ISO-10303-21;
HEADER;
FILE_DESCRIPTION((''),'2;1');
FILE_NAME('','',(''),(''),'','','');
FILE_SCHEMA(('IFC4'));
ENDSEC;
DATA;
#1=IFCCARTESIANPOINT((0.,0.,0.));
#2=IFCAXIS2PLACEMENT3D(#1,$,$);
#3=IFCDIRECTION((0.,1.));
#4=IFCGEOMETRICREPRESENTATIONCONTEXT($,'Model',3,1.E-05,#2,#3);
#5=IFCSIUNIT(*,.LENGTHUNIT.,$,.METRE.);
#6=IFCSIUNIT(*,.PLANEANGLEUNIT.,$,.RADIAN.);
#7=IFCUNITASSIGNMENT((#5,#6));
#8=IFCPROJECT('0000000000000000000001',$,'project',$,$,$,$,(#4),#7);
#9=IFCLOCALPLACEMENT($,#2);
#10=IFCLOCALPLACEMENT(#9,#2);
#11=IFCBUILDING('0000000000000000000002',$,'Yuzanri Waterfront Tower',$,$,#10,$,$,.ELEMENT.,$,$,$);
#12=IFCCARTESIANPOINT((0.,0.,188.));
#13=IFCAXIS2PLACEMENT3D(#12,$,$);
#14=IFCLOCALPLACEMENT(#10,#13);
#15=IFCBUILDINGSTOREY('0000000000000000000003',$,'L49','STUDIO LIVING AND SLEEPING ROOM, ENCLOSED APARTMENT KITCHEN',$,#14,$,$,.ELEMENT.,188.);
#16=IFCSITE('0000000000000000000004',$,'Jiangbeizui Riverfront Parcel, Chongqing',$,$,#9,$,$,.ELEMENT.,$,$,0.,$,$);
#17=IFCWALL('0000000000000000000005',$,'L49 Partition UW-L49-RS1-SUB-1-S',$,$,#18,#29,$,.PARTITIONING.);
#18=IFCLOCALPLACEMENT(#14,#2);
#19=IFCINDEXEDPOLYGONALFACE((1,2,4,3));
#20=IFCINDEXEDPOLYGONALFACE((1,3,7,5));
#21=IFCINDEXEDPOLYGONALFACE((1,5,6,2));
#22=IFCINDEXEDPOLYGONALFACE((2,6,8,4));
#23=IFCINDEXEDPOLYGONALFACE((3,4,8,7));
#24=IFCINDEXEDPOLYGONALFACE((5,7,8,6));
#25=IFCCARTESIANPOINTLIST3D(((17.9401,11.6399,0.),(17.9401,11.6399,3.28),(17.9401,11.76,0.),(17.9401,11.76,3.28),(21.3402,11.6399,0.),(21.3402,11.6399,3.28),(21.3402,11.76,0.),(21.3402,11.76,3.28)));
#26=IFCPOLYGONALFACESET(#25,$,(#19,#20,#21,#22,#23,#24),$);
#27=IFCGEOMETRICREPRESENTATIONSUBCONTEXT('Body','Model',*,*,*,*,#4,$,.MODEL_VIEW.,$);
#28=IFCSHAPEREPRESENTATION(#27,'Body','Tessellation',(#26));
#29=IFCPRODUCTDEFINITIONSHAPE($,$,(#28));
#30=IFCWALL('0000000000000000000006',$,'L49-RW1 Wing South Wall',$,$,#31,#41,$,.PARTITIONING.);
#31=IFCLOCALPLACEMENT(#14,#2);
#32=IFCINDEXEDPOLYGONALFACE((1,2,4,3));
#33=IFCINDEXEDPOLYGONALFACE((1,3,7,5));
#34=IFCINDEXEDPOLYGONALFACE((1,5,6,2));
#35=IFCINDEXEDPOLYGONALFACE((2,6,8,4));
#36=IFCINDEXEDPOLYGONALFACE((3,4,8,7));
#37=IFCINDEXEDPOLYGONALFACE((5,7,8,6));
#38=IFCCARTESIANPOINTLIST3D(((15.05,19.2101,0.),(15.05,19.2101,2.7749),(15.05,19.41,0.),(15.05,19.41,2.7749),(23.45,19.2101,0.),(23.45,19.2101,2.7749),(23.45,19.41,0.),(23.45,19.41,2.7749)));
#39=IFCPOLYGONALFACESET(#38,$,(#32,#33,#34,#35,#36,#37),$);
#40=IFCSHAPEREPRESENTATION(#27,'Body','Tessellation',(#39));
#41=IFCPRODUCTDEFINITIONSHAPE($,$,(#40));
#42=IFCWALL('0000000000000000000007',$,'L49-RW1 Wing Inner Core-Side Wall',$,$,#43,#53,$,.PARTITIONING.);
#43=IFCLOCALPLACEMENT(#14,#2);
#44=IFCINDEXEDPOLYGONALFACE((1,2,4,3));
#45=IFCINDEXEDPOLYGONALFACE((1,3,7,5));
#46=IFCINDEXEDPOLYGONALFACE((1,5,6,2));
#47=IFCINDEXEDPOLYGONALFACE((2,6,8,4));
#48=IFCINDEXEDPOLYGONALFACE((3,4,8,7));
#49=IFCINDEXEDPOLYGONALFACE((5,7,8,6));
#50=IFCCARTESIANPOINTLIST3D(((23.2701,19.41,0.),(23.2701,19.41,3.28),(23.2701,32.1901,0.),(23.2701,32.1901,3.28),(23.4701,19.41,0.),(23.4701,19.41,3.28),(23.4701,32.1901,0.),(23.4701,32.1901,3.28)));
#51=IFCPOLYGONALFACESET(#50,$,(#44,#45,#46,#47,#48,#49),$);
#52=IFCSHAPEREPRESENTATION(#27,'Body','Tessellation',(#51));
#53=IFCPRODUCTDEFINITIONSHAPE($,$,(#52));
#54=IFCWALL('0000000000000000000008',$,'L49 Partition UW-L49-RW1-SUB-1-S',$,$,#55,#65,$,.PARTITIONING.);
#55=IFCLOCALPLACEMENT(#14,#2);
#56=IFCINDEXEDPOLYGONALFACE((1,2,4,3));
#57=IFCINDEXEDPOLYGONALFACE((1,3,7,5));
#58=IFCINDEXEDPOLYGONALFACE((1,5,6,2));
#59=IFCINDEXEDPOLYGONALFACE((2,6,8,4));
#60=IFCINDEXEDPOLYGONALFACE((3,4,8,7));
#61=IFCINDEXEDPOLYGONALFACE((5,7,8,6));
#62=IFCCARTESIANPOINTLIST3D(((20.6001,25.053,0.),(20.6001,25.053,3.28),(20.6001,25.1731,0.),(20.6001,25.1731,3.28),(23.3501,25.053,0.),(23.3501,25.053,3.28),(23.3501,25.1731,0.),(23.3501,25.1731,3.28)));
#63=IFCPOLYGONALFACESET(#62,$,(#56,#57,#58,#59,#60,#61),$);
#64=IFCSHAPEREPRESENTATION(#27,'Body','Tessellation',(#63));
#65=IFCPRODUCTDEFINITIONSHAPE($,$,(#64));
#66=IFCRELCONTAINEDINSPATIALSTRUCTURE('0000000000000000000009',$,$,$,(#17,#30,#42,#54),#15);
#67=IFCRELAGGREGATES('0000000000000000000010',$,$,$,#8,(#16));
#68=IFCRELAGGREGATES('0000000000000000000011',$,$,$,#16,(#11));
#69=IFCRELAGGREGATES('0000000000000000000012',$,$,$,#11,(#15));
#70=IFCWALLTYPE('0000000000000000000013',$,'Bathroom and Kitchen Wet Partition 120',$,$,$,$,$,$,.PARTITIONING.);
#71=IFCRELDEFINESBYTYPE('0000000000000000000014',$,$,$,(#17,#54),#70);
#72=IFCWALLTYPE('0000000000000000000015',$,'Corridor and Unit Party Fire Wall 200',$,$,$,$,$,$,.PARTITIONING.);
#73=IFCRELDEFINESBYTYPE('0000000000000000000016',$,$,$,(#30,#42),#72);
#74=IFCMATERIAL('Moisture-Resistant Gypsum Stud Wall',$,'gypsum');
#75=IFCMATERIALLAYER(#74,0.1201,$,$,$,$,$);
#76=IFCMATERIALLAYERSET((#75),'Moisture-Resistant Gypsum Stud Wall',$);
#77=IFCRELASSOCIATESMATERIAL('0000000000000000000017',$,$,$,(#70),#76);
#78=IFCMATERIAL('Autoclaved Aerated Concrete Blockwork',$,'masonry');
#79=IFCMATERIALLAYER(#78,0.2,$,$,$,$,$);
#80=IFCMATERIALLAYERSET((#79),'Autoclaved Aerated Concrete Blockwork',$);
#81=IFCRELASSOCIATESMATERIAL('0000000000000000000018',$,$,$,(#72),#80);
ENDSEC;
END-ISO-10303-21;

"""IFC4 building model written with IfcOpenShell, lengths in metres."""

from ifc_helpers import new_model, si_unit, direction, frame, frame_2d, origin, place, context, subcontext, project, spatial, rectangle, extrude, source, transform, mapped, material, layer, layer_set, type_object, element, save


model = new_model("IFC4")

# Units and contexts
model_context = context("Model", 3, precision=1e-05, world=origin(), true_north=direction((0.0, 1.0)))
body_context = subcontext(model_context, "Body", "Model", "MODEL_VIEW")
ifc_project = project(units=[si_unit("LENGTHUNIT", "METRE"), si_unit("PLANEANGLEUNIT", "RADIAN")], contexts=[model_context])

# Site, building, storey
site_placement = place(None, origin())
site = spatial("IfcSite", under=ifc_project, at=site_placement, Name="Jiangbeizui Riverfront Parcel, Chongqing", CompositionType="ELEMENT", RefElevation=0.0)
building_placement = place(site_placement, origin())
building = spatial("IfcBuilding", under=site, at=building_placement, Name="Yuzanri Waterfront Tower", CompositionType="ELEMENT")
storey_placement = place(building_placement, frame((0.0, 0.0, 188.0)))
storey = spatial("IfcBuildingStorey", under=building, at=storey_placement, Name="L49", Description="STUDIO LIVING AND SLEEPING ROOM, ENCLOSED APARTMENT KITCHEN", CompositionType="ELEMENT", Elevation=188.0)

# Shared definitions
ifc_material_1 = material(Name="Moisture-Resistant Gypsum Stud Wall", Category="gypsum")
ifc_layer_1 = layer(ifc_material_1, 0.1201)
ifc_layer_set_1 = layer_set([ifc_layer_1], Name="Moisture-Resistant Gypsum Stud Wall")
wall_type_1 = type_object("IfcWallType", Name="Bathroom and Kitchen Wet Partition 120", PredefinedType="PARTITIONING", material=ifc_layer_set_1)

# Shared definitions
ifc_material_2 = material(Name="Autoclaved Aerated Concrete Blockwork", Category="masonry")
ifc_layer_2 = layer(ifc_material_2, 0.2)
ifc_layer_set_2 = layer_set([ifc_layer_2], Name="Autoclaved Aerated Concrete Blockwork")
wall_type_2 = type_object("IfcWallType", Name="Corridor and Unit Party Fire Wall 200", PredefinedType="PARTITIONING", material=ifc_layer_set_2)

# Walls
shared_shape_1 = source(origin(), body_context, "Body", "SweptSolid", [
    extrude(rectangle(XDim=3.4001, YDim=0.1201, at=frame_2d((1.7002, 0.0))), origin(), (0.0, 0.0, 1.0), 3.28),
])
wall_1_placement = place(storey_placement, frame((17.9399, 11.7, 0.0), z_axis=(0.0, 0.0, 1.0), x_axis=(1.0, 0.0, 0.0)))
element("IfcWall", 1, at=wall_1_placement, inside=storey, type_object=wall_type_1, Name="L49 Partition UW-L49-RS1-SUB-1-S", PredefinedType="PARTITIONING", context=body_context, shape_type="MappedRepresentation", body=[
    mapped(shared_shape_1, transform((0.0, 0.0, 0.0), scale=1.0)),
])
shared_shape_2 = source(origin(), body_context, "Body", "SweptSolid", [
    extrude(rectangle(XDim=8.3999, YDim=0.2, at=frame_2d((4.2, 0.0))), origin(), (0.0, 0.0, 1.0), 2.7749),
])
wall_2_placement = place(storey_placement, frame((15.05, 19.3101, 0.0), z_axis=(0.0, 0.0, 1.0), x_axis=(1.0, 0.0, 0.0)))
element("IfcWall", 2, at=wall_2_placement, inside=storey, type_object=wall_type_2, Name="L49-RW1 Wing South Wall", PredefinedType="PARTITIONING", context=body_context, shape_type="MappedRepresentation", body=[
    mapped(shared_shape_2, transform((0.0, 0.0, 0.0), scale=1.0)),
])
shared_shape_3 = source(origin(), body_context, "Body", "SweptSolid", [
    extrude(rectangle(XDim=12.78, YDim=0.2, at=frame_2d((6.3901, 0.0))), origin(), (0.0, 0.0, 1.0), 3.28),
])
wall_3_placement = place(storey_placement, frame((23.3701, 19.4099, 0.0), z_axis=(0.0, 0.0, 1.0), x_axis=(0.0, 1.0, 0.0)))
element("IfcWall", 3, at=wall_3_placement, inside=storey, type_object=wall_type_2, Name="L49-RW1 Wing Inner Core-Side Wall", PredefinedType="PARTITIONING", context=body_context, shape_type="MappedRepresentation", body=[
    mapped(shared_shape_3, transform((0.0, 0.0, 0.0), scale=1.0)),
])
shared_shape_4 = source(origin(), body_context, "Body", "SweptSolid", [
    extrude(rectangle(XDim=2.75, YDim=0.1201, at=frame_2d((1.375, 0.0))), origin(), (0.0, 0.0, 1.0), 3.28),
])
wall_4_placement = place(storey_placement, frame((20.6001, 25.113, 0.0), z_axis=(0.0, 0.0, 1.0), x_axis=(1.0, 0.0, 0.0)))
element("IfcWall", 4, at=wall_4_placement, inside=storey, type_object=wall_type_1, Name="L49 Partition UW-L49-RW1-SUB-1-S", PredefinedType="PARTITIONING", context=body_context, shape_type="MappedRepresentation", body=[
    mapped(shared_shape_4, transform((0.0, 0.0, 0.0), scale=1.0)),
])

save(model, "model.ifc")
